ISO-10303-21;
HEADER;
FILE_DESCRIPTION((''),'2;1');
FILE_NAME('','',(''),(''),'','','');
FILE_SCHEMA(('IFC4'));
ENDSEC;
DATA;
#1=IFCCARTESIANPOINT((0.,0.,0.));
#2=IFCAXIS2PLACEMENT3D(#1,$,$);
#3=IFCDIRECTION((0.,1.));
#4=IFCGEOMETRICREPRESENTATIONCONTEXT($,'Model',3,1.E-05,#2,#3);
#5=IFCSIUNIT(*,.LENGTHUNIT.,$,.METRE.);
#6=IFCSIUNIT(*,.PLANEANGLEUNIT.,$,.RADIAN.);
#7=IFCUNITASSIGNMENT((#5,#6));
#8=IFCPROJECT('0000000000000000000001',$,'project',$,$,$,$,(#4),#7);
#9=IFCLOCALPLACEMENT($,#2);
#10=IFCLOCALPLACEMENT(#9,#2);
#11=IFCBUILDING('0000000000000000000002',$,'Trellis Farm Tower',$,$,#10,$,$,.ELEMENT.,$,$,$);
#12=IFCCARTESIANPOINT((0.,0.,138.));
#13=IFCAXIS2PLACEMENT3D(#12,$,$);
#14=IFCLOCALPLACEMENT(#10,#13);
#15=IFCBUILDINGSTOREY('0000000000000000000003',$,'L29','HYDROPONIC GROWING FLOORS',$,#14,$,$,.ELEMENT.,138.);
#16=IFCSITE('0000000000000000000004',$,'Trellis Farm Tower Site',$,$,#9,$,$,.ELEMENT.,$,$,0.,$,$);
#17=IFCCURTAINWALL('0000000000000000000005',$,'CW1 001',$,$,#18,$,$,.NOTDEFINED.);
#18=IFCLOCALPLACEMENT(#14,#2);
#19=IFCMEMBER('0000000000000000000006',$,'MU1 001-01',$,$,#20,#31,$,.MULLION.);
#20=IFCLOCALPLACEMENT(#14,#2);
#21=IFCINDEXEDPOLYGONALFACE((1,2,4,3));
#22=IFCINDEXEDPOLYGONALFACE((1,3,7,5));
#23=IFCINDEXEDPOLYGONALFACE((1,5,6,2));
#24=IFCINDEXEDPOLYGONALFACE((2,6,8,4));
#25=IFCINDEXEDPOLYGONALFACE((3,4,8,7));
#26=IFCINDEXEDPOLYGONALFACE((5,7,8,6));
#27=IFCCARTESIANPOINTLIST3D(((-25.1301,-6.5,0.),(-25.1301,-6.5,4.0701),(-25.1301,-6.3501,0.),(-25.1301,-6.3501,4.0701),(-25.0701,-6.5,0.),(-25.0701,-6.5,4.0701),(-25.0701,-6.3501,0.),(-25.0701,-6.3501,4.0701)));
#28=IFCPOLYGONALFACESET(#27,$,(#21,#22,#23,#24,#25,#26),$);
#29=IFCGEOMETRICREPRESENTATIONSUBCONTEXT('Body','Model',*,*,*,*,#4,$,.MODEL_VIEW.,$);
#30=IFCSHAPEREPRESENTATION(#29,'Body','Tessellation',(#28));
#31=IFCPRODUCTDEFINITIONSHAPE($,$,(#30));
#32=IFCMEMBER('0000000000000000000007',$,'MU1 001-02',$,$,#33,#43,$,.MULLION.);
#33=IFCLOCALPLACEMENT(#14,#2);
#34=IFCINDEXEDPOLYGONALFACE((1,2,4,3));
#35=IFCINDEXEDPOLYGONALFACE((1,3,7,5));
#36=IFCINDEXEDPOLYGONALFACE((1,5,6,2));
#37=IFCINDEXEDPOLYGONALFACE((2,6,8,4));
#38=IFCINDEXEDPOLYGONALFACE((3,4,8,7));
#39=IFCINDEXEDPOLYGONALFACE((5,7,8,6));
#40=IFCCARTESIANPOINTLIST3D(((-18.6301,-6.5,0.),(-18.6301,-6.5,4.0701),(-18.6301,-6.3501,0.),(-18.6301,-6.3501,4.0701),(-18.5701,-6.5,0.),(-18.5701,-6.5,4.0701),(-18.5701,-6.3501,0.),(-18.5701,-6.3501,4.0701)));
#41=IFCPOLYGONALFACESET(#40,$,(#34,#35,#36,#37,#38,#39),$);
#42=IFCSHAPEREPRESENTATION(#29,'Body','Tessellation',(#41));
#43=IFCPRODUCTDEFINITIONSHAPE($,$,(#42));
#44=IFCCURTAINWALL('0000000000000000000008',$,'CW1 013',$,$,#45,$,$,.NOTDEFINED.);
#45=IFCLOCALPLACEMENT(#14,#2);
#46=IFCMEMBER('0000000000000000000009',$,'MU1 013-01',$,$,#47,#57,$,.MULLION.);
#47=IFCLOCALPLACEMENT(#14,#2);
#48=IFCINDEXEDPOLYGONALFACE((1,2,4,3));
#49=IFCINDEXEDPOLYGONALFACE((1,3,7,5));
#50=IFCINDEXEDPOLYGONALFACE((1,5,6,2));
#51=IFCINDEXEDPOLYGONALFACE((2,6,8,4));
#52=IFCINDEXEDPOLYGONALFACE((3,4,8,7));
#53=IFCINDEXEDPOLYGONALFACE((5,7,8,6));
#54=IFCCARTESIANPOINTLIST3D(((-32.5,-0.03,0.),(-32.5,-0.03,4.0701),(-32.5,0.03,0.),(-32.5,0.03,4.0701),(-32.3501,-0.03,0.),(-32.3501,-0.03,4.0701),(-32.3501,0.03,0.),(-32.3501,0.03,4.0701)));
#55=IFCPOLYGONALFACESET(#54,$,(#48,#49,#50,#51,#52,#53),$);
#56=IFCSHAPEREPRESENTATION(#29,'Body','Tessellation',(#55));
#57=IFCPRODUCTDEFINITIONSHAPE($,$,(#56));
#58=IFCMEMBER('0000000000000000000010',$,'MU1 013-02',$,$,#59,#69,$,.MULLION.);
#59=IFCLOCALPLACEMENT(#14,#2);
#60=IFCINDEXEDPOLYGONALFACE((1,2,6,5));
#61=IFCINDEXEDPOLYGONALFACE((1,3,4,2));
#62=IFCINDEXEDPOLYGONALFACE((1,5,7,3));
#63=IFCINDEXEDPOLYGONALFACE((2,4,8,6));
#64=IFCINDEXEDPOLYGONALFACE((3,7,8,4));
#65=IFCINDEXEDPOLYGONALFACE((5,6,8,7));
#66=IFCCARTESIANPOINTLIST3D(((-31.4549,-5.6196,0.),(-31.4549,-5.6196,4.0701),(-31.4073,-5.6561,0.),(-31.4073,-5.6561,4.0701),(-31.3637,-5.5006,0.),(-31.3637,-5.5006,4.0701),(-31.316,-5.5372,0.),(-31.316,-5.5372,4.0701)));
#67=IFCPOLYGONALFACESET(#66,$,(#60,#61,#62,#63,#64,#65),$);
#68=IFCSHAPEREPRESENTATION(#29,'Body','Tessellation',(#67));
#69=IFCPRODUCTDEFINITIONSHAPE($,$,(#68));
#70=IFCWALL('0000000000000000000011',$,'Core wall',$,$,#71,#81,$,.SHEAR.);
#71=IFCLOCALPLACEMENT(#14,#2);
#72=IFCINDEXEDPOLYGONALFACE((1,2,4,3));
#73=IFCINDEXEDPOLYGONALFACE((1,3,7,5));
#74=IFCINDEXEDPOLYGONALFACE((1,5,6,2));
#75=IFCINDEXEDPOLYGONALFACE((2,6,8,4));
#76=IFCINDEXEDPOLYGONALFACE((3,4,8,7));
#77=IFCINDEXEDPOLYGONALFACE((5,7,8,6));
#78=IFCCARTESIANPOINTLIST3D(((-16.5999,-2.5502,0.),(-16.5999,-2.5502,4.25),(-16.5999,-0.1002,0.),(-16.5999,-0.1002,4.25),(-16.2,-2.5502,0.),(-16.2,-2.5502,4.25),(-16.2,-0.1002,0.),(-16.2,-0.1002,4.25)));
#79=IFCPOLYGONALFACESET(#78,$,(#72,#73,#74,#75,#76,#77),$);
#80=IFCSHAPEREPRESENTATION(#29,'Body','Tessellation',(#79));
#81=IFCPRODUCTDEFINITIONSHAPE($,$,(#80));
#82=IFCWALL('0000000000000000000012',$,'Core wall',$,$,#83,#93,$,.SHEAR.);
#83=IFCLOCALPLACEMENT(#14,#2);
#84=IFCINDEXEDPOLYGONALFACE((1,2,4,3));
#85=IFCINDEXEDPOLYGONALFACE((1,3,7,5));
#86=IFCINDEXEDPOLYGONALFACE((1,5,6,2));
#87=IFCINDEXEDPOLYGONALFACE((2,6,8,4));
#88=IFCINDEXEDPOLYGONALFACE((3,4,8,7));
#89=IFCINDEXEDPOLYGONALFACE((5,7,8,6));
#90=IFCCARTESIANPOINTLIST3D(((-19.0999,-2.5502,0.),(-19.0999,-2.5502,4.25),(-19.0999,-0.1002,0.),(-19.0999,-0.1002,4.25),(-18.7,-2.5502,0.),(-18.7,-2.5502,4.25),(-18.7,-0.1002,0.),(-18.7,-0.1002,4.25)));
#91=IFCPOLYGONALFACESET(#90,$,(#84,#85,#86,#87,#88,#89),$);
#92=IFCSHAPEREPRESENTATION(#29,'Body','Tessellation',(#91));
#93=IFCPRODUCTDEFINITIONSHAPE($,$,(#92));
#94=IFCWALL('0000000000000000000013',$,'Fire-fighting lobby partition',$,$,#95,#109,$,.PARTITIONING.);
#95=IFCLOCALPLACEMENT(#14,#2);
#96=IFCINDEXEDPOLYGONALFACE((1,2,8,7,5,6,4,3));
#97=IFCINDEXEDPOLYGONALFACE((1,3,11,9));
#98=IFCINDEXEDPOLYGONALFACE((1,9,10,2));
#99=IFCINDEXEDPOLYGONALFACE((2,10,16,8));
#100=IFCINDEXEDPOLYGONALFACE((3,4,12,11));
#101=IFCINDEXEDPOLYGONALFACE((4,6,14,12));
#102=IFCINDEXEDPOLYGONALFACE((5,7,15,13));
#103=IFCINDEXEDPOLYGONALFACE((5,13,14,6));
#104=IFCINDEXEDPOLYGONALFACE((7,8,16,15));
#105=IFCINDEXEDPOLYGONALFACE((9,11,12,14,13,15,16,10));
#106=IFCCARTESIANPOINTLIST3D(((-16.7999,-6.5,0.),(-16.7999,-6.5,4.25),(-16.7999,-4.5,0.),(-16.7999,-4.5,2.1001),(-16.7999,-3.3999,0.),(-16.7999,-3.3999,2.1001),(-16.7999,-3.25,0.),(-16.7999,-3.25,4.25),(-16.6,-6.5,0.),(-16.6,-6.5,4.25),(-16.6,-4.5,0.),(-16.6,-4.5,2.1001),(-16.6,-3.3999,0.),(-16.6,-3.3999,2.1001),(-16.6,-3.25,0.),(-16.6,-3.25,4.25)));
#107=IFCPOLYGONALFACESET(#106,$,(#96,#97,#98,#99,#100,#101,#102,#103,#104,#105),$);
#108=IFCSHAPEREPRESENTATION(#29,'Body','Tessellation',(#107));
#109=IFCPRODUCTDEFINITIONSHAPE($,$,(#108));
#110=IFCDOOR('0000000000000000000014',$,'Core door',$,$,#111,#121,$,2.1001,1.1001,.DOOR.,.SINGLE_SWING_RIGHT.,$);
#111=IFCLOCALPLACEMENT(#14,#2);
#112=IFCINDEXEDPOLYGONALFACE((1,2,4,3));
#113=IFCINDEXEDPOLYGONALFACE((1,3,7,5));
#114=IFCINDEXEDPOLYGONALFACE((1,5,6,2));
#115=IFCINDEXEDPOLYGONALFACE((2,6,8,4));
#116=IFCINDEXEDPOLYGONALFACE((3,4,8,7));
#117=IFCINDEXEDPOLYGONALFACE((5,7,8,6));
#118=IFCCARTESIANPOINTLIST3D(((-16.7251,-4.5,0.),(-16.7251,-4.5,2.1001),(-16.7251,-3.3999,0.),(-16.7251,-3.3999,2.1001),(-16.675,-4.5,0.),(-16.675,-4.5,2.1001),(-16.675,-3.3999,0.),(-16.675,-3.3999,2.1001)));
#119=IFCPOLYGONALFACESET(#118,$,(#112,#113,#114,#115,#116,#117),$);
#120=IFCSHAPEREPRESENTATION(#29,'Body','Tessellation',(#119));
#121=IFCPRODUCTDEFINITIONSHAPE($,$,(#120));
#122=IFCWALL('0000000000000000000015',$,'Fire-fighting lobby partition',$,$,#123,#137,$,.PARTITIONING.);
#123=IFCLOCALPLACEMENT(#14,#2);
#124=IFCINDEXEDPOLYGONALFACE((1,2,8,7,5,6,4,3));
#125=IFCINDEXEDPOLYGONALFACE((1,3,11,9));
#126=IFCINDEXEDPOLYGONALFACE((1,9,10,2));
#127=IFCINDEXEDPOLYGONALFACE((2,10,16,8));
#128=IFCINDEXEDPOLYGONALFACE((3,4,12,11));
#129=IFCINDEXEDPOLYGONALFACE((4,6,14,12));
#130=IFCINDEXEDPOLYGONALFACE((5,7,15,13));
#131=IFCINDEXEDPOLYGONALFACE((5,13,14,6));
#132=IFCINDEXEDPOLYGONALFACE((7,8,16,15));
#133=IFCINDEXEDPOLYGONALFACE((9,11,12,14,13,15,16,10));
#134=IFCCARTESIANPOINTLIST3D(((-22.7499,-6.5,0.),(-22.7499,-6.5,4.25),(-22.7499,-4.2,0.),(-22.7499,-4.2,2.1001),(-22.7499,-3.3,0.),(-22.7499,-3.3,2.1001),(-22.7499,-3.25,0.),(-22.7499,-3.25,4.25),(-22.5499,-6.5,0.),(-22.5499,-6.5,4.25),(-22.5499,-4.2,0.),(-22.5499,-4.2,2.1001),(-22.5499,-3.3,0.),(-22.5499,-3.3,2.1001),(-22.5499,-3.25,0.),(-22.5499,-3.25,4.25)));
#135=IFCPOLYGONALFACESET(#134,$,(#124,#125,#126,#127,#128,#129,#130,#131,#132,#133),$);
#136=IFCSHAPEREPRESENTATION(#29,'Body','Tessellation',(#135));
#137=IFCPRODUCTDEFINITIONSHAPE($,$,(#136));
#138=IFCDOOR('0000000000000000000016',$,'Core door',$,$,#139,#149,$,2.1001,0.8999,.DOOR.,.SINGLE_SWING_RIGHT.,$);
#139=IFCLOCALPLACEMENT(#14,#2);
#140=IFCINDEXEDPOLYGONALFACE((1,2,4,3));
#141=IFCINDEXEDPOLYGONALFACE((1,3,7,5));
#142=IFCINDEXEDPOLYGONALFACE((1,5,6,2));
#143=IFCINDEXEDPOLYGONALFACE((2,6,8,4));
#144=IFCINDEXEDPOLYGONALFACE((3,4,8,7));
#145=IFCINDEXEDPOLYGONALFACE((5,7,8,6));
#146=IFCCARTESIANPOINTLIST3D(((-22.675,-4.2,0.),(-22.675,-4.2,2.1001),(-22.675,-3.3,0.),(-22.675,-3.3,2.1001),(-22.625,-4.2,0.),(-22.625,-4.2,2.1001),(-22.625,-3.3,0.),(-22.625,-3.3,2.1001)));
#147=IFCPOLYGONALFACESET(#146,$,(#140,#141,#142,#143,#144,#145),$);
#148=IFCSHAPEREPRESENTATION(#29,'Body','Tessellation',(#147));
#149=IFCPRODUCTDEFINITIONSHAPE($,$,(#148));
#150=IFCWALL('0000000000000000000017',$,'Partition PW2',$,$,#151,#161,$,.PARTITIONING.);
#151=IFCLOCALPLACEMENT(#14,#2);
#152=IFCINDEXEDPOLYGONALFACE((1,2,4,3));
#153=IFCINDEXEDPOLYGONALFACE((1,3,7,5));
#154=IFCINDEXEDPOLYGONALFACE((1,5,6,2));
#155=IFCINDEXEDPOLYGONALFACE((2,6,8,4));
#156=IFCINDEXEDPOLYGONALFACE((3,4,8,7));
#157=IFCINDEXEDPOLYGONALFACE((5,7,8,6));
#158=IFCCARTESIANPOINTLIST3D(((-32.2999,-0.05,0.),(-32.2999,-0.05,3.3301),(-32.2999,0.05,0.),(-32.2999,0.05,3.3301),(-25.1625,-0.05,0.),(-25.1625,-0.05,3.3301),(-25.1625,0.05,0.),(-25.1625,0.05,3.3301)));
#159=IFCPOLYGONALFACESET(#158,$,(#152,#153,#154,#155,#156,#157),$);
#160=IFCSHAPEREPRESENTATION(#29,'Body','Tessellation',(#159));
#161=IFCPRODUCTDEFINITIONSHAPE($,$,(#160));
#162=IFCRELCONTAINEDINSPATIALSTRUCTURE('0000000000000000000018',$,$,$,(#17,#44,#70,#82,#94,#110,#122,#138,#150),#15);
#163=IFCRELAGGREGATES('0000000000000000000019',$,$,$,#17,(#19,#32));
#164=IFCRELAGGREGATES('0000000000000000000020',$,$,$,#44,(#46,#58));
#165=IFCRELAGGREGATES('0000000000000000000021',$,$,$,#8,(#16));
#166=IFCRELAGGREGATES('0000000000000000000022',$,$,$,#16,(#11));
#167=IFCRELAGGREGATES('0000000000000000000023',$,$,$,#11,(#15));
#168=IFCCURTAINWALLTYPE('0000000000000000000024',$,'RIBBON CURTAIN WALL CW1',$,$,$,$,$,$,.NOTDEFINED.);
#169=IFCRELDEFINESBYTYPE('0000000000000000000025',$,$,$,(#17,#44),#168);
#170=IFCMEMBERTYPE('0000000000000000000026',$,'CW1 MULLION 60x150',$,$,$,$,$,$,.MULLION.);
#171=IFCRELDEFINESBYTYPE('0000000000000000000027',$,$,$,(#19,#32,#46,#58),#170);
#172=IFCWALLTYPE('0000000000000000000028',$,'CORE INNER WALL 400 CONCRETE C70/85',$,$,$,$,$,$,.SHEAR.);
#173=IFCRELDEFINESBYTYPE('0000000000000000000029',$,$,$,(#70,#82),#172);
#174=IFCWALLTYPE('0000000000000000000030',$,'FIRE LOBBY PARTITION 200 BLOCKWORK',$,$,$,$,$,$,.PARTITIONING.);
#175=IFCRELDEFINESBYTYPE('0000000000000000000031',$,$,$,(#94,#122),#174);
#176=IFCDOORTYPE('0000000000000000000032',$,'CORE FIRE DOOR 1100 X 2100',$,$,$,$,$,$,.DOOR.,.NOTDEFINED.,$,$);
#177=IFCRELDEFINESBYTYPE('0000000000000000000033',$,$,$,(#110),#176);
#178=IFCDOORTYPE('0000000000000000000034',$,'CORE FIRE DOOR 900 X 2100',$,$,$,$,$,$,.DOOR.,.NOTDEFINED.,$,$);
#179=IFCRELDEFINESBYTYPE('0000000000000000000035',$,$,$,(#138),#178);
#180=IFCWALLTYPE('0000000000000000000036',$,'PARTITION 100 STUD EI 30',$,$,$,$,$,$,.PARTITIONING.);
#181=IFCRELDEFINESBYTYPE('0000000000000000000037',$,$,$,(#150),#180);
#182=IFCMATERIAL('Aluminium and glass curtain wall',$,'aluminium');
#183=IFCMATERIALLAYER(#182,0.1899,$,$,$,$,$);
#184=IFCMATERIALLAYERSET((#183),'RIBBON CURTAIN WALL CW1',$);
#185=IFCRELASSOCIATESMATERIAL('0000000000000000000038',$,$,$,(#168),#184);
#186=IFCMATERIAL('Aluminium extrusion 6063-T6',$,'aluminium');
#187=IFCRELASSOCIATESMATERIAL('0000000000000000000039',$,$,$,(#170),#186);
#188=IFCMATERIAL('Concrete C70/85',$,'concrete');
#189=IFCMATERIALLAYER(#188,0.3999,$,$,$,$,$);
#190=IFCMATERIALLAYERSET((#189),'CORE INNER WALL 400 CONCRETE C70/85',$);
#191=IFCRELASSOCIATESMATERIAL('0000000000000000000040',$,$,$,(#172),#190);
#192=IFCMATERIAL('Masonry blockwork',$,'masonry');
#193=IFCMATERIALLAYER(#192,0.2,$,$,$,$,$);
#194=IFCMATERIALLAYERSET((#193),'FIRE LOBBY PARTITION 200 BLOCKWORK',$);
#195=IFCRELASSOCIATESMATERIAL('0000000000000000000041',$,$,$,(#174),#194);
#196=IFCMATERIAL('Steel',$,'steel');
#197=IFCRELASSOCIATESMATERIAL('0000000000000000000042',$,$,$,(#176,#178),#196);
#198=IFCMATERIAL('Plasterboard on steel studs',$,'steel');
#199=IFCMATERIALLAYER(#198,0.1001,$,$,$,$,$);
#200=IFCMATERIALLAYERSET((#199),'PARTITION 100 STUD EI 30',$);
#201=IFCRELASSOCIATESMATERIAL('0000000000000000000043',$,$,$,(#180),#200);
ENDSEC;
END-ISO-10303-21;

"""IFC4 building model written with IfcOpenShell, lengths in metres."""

from ifc_helpers import new_model, si_unit, direction, frame, frame_2d, origin, origin_2d, place, context, subcontext, project, spatial, rectangle, extrude, source, transform, mapped, material, layer, layer_set, material_profile, profile_set, type_object, element, fill, aggregate, save


model = new_model("IFC4")

# Units and contexts
model_context = context("Model", 3, precision=1e-05, world=origin(), true_north=direction((0.0, 1.0)))
body_context = subcontext(model_context, "Body", "Model", "MODEL_VIEW")
ifc_project = project(units=[si_unit("LENGTHUNIT", "METRE"), si_unit("PLANEANGLEUNIT", "RADIAN")], contexts=[model_context])

# Site, building, storey
site_placement = place(None, origin())
site = spatial("IfcSite", under=ifc_project, at=site_placement, Name="Trellis Farm Tower Site", CompositionType="ELEMENT", RefElevation=0.0)
building_placement = place(site_placement, origin())
building = spatial("IfcBuilding", under=site, at=building_placement, Name="Trellis Farm Tower", CompositionType="ELEMENT")
storey_placement = place(building_placement, frame((0.0, 0.0, 138.0)))
storey = spatial("IfcBuildingStorey", under=building, at=storey_placement, Name="L29", Description="HYDROPONIC GROWING FLOORS", CompositionType="ELEMENT", Elevation=138.0)

# Curtain walls, members
ifc_material_1 = material(Name="Aluminium and glass curtain wall", Category="aluminium")
ifc_layer_1 = layer(ifc_material_1, 0.1899)
ifc_layer_set_1 = layer_set([ifc_layer_1], Name="RIBBON CURTAIN WALL CW1")
curtain_wall_type = type_object("IfcCurtainWallType", Name="RIBBON CURTAIN WALL CW1", PredefinedType="NOTDEFINED", material=ifc_layer_set_1)
placement = place(storey_placement, origin())
curtain_wall_1 = element("IfcCurtainWall", 1, at=placement, inside=storey, type_object=curtain_wall_type, Name="CW1 001", PredefinedType="NOTDEFINED")
ifc_material_2 = material(Name="Aluminium extrusion 6063-T6", Category="aluminium")
ifc_material_profile_1 = material_profile(ifc_material_2, rectangle(XDim=0.0601, YDim=0.1499, at=origin_2d()), Name="MULLION 60x150")
ifc_profile_set_1 = profile_set([ifc_material_profile_1], Name="Aluminium extrusion 6063-T6")
member_type = type_object("IfcMemberType", Name="CW1 MULLION 60x150", PredefinedType="MULLION", material=ifc_profile_set_1)
shared_shape_1 = source(origin(), body_context, "Body", "SweptSolid", [
    extrude(rectangle(XDim=0.0601, YDim=0.1499, at=origin_2d()), origin(), (0.0, 0.0, 1.0), 4.0701),
])
member_1_placement = place(storey_placement, frame((-25.1001, -6.425, 0.0), z_axis=(0.0, 0.0, 1.0), x_axis=(1.0, 0.0, 0.0)))
member_1 = element("IfcMember", 2, at=member_1_placement, type_object=member_type, Name="MU1 001-01", PredefinedType="MULLION", context=body_context, shape_type="MappedRepresentation", body=[
    mapped(shared_shape_1, transform((0.0, 0.0, 0.0))),
])
member_2_placement = place(storey_placement, frame((-18.6001, -6.425, 0.0), z_axis=(0.0, 0.0, 1.0), x_axis=(1.0, 0.0, 0.0)))
member_2 = element("IfcMember", 3, at=member_2_placement, type_object=member_type, Name="MU1 001-02", PredefinedType="MULLION", context=body_context, shape_type="MappedRepresentation", body=[
    mapped(shared_shape_1, transform((0.0, 0.0, 0.0))),
])
aggregate(curtain_wall_1, [member_1, member_2])
curtain_wall_2 = element("IfcCurtainWall", 4, at=placement, inside=storey, type_object=curtain_wall_type, Name="CW1 013", PredefinedType="NOTDEFINED")
member_3_placement = place(storey_placement, frame((-32.425, 0.0, 0.0), z_axis=(0.0, 0.0, 1.0), x_axis=(0.0, -1.0, 0.0)))
member_3 = element("IfcMember", 5, at=member_3_placement, type_object=member_type, Name="MU1 013-01", PredefinedType="MULLION", context=body_context, shape_type="MappedRepresentation", body=[
    mapped(shared_shape_1, transform((0.0, 0.0, 0.0))),
])
member_4_placement = place(storey_placement, frame((-31.3855, -5.5784, 0.0), z_axis=(0.0, 0.0, 1.0), x_axis=(0.793353, -0.608761, 0.0)))
member_4 = element("IfcMember", 6, at=member_4_placement, type_object=member_type, Name="MU1 013-02", PredefinedType="MULLION", context=body_context, shape_type="MappedRepresentation", body=[
    mapped(shared_shape_1, transform((0.0, 0.0, 0.0))),
])
aggregate(curtain_wall_2, [member_3, member_4])

# Walls
ifc_material_3 = material(Name="Concrete C70/85", Category="concrete")
ifc_layer_2 = layer(ifc_material_3, 0.3999)
ifc_layer_set_2 = layer_set([ifc_layer_2], Name="CORE INNER WALL 400 CONCRETE C70/85")
wall_type_1 = type_object("IfcWallType", Name="CORE INNER WALL 400 CONCRETE C70/85", PredefinedType="SHEAR", material=ifc_layer_set_2)
shared_shape_2 = source(origin(), body_context, "Body", "SweptSolid", [
    extrude(rectangle(XDim=2.45, YDim=0.3999, at=frame_2d((1.2251, 0.0))), origin(), (0.0, 0.0, 1.0), 4.25),
])
for number, where, z_axis, x_axis, name in (
    (7, (-16.3999, -0.1001, 0.0), (0.0, 0.0, 1.0), (0.0, -1.0, 0.0), "Core wall"),
    (8, (-18.8999, -0.1001, 0.0), (0.0, 0.0, 1.0), (0.0, -1.0, 0.0), "Core wall"),
):
    element("IfcWall", number, at=place(storey_placement, frame(where, z_axis=z_axis, x_axis=x_axis)), inside=storey, type_object=wall_type_1, Name=name, PredefinedType="SHEAR", context=body_context, shape_type="MappedRepresentation", body=[
        mapped(shared_shape_2, transform((0.0, 0.0, 0.0))),
    ])

# Walls, openings, doors
ifc_material_4 = material(Name="Masonry blockwork", Category="masonry")
ifc_layer_3 = layer(ifc_material_4, 0.2)
ifc_layer_set_3 = layer_set([ifc_layer_3], Name="FIRE LOBBY PARTITION 200 BLOCKWORK")
wall_type_2 = type_object("IfcWallType", Name="FIRE LOBBY PARTITION 200 BLOCKWORK", PredefinedType="PARTITIONING", material=ifc_layer_set_3)
shared_shape_3 = source(origin(), body_context, "Body", "SweptSolid", [
    extrude(rectangle(XDim=3.25, YDim=0.2, at=frame_2d((1.625, 0.0))), origin(), (0.0, 0.0, 1.0), 4.25),
])
wall_1_placement = place(storey_placement, frame((-16.7, -3.25, 0.0), z_axis=(0.0, 0.0, 1.0), x_axis=(0.0, -1.0, 0.0)))
wall_1 = element("IfcWall", 9, at=wall_1_placement, inside=storey, type_object=wall_type_2, Name="Fire-fighting lobby partition", PredefinedType="PARTITIONING", context=body_context, shape_type="MappedRepresentation", body=[
    mapped(shared_shape_3, transform((0.0, 0.0, 0.0))),
])
shared_shape_4 = source(origin(), body_context, "Body", "SweptSolid", [
    extrude(rectangle(XDim=1.1001, YDim=2.1001, at=frame_2d((0.55, 1.05))), frame((0.0, 0.1101, 0.0), z_axis=(0.0, -1.0, 0.0), x_axis=(1.0, 0.0, 0.0)), (0.0, 0.0, 1.0), 0.2202),
])
opening_1_placement = place(wall_1_placement, frame((0.1499, 0.0, 0.0)))
opening_1 = element("IfcOpeningElement", 10, at=opening_1_placement, cuts=wall_1, PredefinedType="OPENING", context=body_context, shape_type="MappedRepresentation", body=[
    mapped(shared_shape_4, transform((0.0, 0.0, 0.0))),
])
ifc_material_5 = material(Name="Steel", Category="steel")
door_type_1 = type_object("IfcDoorType", Name="CORE FIRE DOOR 1100 X 2100", OperationType="NOTDEFINED", PredefinedType="DOOR", material=ifc_material_5)
shared_shape_5 = source(origin(), body_context, "Body", "SweptSolid", [
    extrude(rectangle(XDim=1.1001, YDim=2.1001, at=frame_2d((0.55, 1.05))), frame((0.0, 0.0249, 0.0), z_axis=(0.0, -1.0, 0.0), x_axis=(1.0, 0.0, 0.0)), (0.0, 0.0, 1.0), 0.05),
])
door_1_placement = place(opening_1_placement, origin())
door_1 = element("IfcDoor", 11, at=door_1_placement, inside=storey, type_object=door_type_1, Name="Core door", OperationType="SINGLE_SWING_RIGHT", OverallHeight=2.1001, OverallWidth=1.1001, PredefinedType="DOOR", context=body_context, shape_type="MappedRepresentation", body=[
    mapped(shared_shape_5, transform((0.0, 0.0, 0.0))),
])
fill(opening_1, door_1)
wall_2_placement = place(storey_placement, frame((-22.6499, -3.25, 0.0), z_axis=(0.0, 0.0, 1.0), x_axis=(0.0, -1.0, 0.0)))
wall_2 = element("IfcWall", 12, at=wall_2_placement, inside=storey, type_object=wall_type_2, Name="Fire-fighting lobby partition", PredefinedType="PARTITIONING", context=body_context, shape_type="MappedRepresentation", body=[
    mapped(shared_shape_3, transform((0.0, 0.0, 0.0))),
])
shared_shape_6 = source(origin(), body_context, "Body", "SweptSolid", [
    extrude(rectangle(XDim=0.8999, YDim=2.1001, at=frame_2d((0.45, 1.05))), frame((0.0, 0.1101, 0.0), z_axis=(0.0, -1.0, 0.0), x_axis=(1.0, 0.0, 0.0)), (0.0, 0.0, 1.0), 0.2202),
])
opening_2_placement = place(wall_2_placement, frame((0.05, 0.0, 0.0)))
opening_2 = element("IfcOpeningElement", 13, at=opening_2_placement, cuts=wall_2, PredefinedType="OPENING", context=body_context, shape_type="MappedRepresentation", body=[
    mapped(shared_shape_6, transform((0.0, 0.0, 0.0))),
])
door_type_2 = type_object("IfcDoorType", Name="CORE FIRE DOOR 900 X 2100", OperationType="NOTDEFINED", PredefinedType="DOOR", material=ifc_material_5)
shared_shape_7 = source(origin(), body_context, "Body", "SweptSolid", [
    extrude(rectangle(XDim=0.8999, YDim=2.1001, at=frame_2d((0.45, 1.05))), frame((0.0, 0.0249, 0.0), z_axis=(0.0, -1.0, 0.0), x_axis=(1.0, 0.0, 0.0)), (0.0, 0.0, 1.0), 0.05),
])
door_2_placement = place(opening_2_placement, origin())
door_2 = element("IfcDoor", 14, at=door_2_placement, inside=storey, type_object=door_type_2, Name="Core door", OperationType="SINGLE_SWING_RIGHT", OverallHeight=2.1001, OverallWidth=0.8999, PredefinedType="DOOR", context=body_context, shape_type="MappedRepresentation", body=[
    mapped(shared_shape_7, transform((0.0, 0.0, 0.0))),
])
fill(opening_2, door_2)

# Wall
ifc_material_6 = material(Name="Plasterboard on steel studs", Category="steel")
ifc_layer_4 = layer(ifc_material_6, 0.1001)
ifc_layer_set_4 = layer_set([ifc_layer_4], Name="PARTITION 100 STUD EI 30")
wall_type_3 = type_object("IfcWallType", Name="PARTITION 100 STUD EI 30", PredefinedType="PARTITIONING", material=ifc_layer_set_4)
shared_shape_8 = source(origin(), body_context, "Body", "SweptSolid", [
    extrude(rectangle(XDim=7.1375, YDim=0.1001, at=frame_2d((3.5688, 0.0))), origin(), (0.0, 0.0, 1.0), 3.3301),
])
wall_3_placement = place(storey_placement, frame((-32.3, 0.0, 0.0), z_axis=(0.0, 0.0, 1.0), x_axis=(1.0, 0.0, 0.0)))
element("IfcWall", 15, at=wall_3_placement, inside=storey, type_object=wall_type_3, Name="Partition PW2", PredefinedType="PARTITIONING", context=body_context, shape_type="MappedRepresentation", body=[
    mapped(shared_shape_8, transform((0.0, 0.0, 0.0))),
])

save(model, "model.ifc")
